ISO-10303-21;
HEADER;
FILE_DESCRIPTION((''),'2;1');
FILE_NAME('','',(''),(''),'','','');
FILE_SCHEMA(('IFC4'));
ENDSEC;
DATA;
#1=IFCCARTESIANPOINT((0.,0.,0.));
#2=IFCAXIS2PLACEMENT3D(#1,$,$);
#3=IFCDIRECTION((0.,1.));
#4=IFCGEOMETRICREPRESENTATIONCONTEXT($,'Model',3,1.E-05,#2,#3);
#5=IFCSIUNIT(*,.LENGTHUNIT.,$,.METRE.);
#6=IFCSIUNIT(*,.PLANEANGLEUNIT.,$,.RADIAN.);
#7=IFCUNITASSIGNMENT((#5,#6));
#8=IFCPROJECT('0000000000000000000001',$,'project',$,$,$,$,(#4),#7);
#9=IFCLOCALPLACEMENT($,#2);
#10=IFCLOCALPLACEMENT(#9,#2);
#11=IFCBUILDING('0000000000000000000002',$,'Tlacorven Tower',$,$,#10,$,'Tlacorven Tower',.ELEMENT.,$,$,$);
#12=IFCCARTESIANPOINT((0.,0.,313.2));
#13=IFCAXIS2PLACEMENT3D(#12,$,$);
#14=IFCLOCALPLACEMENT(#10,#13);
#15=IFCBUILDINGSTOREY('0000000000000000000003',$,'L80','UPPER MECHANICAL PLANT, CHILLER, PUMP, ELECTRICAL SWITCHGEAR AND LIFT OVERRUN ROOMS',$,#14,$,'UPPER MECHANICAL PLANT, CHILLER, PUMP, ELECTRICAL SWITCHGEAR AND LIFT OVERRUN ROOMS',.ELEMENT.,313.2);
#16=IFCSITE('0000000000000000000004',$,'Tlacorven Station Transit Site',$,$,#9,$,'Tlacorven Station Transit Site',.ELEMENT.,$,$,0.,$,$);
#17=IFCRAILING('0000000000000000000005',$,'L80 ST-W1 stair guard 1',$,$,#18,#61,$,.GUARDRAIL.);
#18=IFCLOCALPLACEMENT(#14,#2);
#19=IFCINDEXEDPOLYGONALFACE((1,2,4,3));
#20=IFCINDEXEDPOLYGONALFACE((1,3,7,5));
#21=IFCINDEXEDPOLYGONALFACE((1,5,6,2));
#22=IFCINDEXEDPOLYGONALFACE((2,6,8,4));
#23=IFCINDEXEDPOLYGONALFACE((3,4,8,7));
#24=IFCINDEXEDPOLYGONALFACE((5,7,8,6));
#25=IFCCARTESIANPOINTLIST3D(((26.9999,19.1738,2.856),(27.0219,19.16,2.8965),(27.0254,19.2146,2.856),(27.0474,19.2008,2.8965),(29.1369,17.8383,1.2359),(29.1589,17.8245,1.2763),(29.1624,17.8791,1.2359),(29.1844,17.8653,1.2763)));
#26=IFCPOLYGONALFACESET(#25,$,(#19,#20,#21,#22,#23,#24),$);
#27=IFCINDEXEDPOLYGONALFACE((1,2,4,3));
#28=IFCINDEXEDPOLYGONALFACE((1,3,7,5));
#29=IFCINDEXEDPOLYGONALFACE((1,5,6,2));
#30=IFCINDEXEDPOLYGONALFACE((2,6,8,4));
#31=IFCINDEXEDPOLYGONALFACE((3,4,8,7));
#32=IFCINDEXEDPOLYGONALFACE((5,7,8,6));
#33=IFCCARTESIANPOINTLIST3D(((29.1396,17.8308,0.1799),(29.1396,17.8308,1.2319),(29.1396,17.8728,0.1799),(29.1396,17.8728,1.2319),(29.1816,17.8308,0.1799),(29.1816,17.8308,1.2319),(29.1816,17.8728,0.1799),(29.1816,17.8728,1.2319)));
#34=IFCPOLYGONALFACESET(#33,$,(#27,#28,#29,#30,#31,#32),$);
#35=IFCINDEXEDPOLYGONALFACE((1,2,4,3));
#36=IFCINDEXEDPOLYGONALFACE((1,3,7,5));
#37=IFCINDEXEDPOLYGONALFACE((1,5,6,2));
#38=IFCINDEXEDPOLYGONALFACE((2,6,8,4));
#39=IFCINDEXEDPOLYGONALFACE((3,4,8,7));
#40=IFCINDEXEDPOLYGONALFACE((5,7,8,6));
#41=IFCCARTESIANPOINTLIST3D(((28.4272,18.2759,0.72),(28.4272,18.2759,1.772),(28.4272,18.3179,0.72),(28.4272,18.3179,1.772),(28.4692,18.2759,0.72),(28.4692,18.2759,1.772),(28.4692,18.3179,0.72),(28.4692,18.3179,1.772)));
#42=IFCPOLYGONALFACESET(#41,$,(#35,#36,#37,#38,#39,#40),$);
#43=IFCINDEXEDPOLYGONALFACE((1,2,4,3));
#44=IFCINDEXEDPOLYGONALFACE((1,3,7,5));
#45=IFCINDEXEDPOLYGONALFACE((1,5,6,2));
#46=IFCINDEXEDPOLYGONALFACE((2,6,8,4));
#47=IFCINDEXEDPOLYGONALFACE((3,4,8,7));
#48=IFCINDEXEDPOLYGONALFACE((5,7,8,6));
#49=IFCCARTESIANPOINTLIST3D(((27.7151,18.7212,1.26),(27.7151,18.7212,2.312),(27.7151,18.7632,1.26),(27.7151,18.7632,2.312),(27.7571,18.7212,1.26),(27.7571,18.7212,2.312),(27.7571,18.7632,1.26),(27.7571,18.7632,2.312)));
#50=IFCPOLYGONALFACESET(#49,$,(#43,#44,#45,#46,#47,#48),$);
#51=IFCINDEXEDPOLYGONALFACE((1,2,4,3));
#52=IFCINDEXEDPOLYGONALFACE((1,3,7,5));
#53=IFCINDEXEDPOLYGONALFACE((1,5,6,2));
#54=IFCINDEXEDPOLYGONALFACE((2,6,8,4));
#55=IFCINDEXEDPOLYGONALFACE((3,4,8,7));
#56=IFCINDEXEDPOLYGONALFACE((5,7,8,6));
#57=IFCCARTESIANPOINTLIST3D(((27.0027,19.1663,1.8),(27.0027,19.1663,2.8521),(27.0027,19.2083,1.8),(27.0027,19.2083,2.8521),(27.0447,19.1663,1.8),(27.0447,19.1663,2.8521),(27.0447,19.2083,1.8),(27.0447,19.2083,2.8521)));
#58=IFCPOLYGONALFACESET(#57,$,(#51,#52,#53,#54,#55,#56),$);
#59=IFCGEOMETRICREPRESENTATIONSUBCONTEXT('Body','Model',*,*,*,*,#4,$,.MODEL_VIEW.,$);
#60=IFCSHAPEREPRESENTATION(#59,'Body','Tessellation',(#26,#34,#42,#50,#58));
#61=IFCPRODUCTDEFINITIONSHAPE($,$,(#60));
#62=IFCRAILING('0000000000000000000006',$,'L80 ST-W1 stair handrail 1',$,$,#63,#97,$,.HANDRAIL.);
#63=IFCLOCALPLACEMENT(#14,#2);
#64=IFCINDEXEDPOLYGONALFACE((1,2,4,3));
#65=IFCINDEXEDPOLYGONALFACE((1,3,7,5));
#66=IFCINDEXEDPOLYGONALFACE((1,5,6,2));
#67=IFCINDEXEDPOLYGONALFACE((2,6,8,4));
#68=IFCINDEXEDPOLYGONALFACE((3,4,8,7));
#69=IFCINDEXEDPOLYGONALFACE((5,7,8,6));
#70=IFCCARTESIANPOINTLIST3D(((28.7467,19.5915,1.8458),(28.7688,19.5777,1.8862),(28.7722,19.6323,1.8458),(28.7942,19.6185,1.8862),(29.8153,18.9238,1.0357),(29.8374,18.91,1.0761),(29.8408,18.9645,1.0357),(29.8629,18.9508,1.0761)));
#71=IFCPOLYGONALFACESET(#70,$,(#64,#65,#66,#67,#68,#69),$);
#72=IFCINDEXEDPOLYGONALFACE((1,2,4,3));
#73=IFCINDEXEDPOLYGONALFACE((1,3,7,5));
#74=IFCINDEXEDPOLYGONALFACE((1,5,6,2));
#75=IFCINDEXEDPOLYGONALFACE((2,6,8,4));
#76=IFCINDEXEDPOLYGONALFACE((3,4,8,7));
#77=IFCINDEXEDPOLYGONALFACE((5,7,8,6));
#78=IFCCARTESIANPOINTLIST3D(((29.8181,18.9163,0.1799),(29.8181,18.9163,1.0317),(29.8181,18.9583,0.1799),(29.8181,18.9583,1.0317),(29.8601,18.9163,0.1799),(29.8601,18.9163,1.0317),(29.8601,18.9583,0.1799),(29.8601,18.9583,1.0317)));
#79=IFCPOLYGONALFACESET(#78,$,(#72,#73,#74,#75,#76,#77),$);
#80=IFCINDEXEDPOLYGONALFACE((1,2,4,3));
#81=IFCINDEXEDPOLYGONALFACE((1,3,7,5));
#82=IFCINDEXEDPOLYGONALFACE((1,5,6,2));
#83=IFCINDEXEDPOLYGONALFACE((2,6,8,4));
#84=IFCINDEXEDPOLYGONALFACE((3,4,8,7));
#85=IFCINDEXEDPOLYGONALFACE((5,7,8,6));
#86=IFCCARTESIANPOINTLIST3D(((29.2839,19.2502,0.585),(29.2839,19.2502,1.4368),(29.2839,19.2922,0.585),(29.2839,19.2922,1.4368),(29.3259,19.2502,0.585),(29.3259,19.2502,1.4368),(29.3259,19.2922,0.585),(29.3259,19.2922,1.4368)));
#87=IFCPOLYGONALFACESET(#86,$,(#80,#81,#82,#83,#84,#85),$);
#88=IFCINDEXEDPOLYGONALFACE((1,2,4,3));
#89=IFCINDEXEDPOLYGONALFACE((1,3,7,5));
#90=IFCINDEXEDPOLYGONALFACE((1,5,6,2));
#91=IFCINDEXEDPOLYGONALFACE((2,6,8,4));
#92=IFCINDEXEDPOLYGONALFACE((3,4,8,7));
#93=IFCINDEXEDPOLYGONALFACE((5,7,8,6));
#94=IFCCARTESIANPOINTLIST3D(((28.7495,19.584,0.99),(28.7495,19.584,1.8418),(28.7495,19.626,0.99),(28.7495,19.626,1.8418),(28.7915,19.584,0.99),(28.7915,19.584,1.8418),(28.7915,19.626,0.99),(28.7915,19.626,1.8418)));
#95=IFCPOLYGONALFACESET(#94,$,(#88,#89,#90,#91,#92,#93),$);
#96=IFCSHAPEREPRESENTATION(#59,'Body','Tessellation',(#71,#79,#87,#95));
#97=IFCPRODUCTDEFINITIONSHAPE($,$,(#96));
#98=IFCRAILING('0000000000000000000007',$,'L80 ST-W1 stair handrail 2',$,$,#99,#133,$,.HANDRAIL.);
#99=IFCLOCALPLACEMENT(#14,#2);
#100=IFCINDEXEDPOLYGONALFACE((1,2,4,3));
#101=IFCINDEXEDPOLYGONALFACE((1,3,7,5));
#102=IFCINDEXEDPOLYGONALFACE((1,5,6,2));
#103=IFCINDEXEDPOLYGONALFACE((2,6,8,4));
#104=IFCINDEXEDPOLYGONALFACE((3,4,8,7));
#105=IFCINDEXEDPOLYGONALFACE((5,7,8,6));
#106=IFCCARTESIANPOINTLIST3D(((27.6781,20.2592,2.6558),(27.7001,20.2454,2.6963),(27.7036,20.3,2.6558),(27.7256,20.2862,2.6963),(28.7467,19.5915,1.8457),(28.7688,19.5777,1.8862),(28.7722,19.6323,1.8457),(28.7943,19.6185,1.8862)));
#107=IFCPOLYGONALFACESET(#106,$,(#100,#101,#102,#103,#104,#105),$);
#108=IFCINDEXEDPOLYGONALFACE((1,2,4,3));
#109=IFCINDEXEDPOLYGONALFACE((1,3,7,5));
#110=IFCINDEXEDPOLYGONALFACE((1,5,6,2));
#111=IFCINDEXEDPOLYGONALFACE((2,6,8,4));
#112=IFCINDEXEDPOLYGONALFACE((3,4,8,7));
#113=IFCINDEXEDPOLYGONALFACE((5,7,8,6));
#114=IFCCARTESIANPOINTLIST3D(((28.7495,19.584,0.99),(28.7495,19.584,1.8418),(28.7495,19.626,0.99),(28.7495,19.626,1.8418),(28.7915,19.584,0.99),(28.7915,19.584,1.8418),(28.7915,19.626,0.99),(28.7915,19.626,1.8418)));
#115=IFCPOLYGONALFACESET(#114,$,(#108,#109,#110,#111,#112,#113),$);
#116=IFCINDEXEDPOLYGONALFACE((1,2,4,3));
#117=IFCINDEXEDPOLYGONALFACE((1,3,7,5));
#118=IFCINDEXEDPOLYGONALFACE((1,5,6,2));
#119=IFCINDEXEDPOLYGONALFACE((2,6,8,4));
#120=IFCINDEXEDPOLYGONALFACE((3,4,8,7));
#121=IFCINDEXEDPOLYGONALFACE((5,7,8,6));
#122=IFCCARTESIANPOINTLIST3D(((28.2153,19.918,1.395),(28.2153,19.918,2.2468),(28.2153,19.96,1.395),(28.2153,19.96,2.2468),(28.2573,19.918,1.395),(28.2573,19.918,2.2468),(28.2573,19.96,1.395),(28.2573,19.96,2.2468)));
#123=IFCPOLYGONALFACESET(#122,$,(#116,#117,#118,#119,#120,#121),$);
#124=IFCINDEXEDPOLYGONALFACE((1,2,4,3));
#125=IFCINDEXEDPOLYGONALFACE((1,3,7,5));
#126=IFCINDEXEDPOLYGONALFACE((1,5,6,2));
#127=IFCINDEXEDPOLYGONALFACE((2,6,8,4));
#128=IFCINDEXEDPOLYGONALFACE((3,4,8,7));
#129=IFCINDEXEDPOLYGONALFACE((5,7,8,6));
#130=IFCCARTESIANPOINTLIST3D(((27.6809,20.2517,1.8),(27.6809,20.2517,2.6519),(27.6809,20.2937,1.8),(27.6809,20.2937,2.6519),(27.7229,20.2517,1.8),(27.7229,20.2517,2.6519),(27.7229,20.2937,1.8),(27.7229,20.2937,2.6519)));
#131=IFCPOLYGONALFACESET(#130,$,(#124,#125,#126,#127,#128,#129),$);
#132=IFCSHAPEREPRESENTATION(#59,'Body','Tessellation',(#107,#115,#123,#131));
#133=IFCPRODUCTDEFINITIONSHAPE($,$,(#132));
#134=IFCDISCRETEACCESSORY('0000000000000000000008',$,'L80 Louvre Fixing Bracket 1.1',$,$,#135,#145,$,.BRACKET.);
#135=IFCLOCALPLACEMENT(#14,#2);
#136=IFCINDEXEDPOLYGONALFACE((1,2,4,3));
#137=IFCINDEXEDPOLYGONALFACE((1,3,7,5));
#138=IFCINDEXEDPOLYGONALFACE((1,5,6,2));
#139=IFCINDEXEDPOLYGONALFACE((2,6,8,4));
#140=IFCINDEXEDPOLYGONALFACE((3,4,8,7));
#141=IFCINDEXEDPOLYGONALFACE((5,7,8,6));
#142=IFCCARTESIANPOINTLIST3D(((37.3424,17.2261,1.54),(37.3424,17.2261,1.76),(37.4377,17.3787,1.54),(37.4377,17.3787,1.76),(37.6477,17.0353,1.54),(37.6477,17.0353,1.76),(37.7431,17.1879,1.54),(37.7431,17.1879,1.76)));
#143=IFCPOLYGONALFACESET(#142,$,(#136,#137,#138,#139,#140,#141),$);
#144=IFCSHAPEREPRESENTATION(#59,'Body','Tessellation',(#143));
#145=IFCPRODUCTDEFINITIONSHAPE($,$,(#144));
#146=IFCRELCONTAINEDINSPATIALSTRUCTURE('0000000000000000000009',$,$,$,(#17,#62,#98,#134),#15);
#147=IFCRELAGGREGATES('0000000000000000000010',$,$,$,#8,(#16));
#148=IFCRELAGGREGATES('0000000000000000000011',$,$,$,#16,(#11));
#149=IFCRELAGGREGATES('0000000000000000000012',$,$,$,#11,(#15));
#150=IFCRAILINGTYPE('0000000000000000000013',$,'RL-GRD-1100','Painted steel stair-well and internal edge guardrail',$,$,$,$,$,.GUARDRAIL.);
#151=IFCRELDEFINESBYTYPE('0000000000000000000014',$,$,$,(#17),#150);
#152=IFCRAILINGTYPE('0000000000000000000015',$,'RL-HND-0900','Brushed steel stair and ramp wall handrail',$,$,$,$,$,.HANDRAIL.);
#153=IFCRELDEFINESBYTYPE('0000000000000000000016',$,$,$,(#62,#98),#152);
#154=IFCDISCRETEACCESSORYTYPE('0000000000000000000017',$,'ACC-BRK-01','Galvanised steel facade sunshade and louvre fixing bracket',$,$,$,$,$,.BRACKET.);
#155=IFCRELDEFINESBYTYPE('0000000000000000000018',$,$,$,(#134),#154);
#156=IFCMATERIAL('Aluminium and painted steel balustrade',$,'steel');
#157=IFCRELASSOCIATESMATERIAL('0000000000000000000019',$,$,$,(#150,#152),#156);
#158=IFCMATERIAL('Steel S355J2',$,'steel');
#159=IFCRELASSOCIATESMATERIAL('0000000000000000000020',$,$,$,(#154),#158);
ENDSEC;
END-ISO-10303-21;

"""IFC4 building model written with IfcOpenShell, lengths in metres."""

from ifc_helpers import new_model, si_unit, direction, frame, origin, origin_2d, place, context, subcontext, project, spatial, rectangle, extrude, source, transform, mapped, material, type_object, element, save


model = new_model("IFC4")

# Units and contexts
model_context = context("Model", 3, precision=1e-05, world=origin(), true_north=direction((0.0, 1.0)))
body_context = subcontext(model_context, "Body", "Model", "MODEL_VIEW")
ifc_project = project(units=[si_unit("LENGTHUNIT", "METRE"), si_unit("PLANEANGLEUNIT", "RADIAN")], contexts=[model_context])

# Site, building, storey
site_placement = place(None, origin())
site = spatial("IfcSite", under=ifc_project, at=site_placement, Name="Tlacorven Station Transit Site", LongName="Tlacorven Station Transit Site", CompositionType="ELEMENT", RefElevation=0.0)
building_placement = place(site_placement, origin())
building = spatial("IfcBuilding", under=site, at=building_placement, Name="Tlacorven Tower", LongName="Tlacorven Tower", CompositionType="ELEMENT")
storey_placement = place(building_placement, frame((0.0, 0.0, 313.2)))
storey = spatial("IfcBuildingStorey", under=building, at=storey_placement, Name="L80", Description="UPPER MECHANICAL PLANT, CHILLER, PUMP, ELECTRICAL SWITCHGEAR AND LIFT OVERRUN ROOMS", LongName="UPPER MECHANICAL PLANT, CHILLER, PUMP, ELECTRICAL SWITCHGEAR AND LIFT OVERRUN ROOMS", CompositionType="ELEMENT", Elevation=313.2)

# Shared definitions
ifc_material_1 = material(Name="Steel S355J2", Category="steel")

# Railings
ifc_material_2 = material(Name="Aluminium and painted steel balustrade", Category="steel")
railing_type_1 = type_object("IfcRailingType", Name="RL-GRD-1100", Description="Painted steel stair-well and internal edge guardrail", PredefinedType="GUARDRAIL", material=ifc_material_2)
shared_shape_1 = source(origin(), body_context, "Body", "SweptSolid", [
    extrude(rectangle(XDim=0.0481, YDim=0.0481, at=origin_2d()), frame((0.0, 0.0, 1.0762), z_axis=(-0.71332, 0.445774, 0.540796), x_axis=(-0.529955, -0.848026, 0.0)), (0.0, 0.0, 1.0), 2.9958),
    extrude(rectangle(XDim=0.042, YDim=0.042, at=origin_2d()), origin(), (0.0, 0.0, 1.0), 1.052),
    extrude(rectangle(XDim=0.042, YDim=0.042, at=origin_2d()), frame((-0.7124, 0.4451, 0.54)), (0.0, 0.0, 1.0), 1.052),
    extrude(rectangle(XDim=0.042, YDim=0.042, at=origin_2d()), frame((-1.4246, 0.8904, 1.0801)), (0.0, 0.0, 1.0), 1.052),
    extrude(rectangle(XDim=0.042, YDim=0.042, at=origin_2d()), frame((-2.137, 1.3354, 1.6201)), (0.0, 0.0, 1.0), 1.052),
])
railing_1_placement = place(storey_placement, frame((29.1606, 17.8518, 0.1799)))
element("IfcRailing", 1, at=railing_1_placement, inside=storey, type_object=railing_type_1, Name="L80 ST-W1 stair guard 1", PredefinedType="GUARDRAIL", context=body_context, shape_type="MappedRepresentation", body=[
    mapped(shared_shape_1, transform((0.0, 0.0, 0.0), scale=1.0)),
])
railing_type_2 = type_object("IfcRailingType", Name="RL-HND-0900", Description="Brushed steel stair and ramp wall handrail", PredefinedType="HANDRAIL", material=ifc_material_2)
shared_shape_2 = source(origin(), body_context, "Body", "SweptSolid", [
    extrude(rectangle(XDim=0.0481, YDim=0.0481, at=origin_2d()), frame((0.0, 0.0, 0.876), z_axis=(-0.71336, 0.445748, 0.540765), x_axis=(-0.529912, -0.848053, 0.0)), (0.0, 0.0, 1.0), 1.498),
    extrude(rectangle(XDim=0.042, YDim=0.042, at=origin_2d()), origin(), (0.0, 0.0, 1.0), 0.8518),
    extrude(rectangle(XDim=0.042, YDim=0.042, at=origin_2d()), frame((-0.5342, 0.334, 0.405)), (0.0, 0.0, 1.0), 0.8518),
    extrude(rectangle(XDim=0.042, YDim=0.042, at=origin_2d()), frame((-1.0686, 0.6677, 0.8101)), (0.0, 0.0, 1.0), 0.8518),
])
for number, where, name in (
    (2, (29.8391, 18.9373, 0.1799), "L80 ST-W1 stair handrail 1"),
    (3, (28.7705, 19.605, 0.99), "L80 ST-W1 stair handrail 2"),
):
    element("IfcRailing", number, at=place(storey_placement, frame(where)), inside=storey, type_object=railing_type_2, Name=name, PredefinedType="HANDRAIL", context=body_context, shape_type="MappedRepresentation", body=[
        mapped(shared_shape_2, transform((0.0, 0.0, 0.0), scale=1.0)),
    ])

# Discrete accessory
discrete_accessory_type = type_object("IfcDiscreteAccessoryType", Name="ACC-BRK-01", Description="Galvanised steel facade sunshade and louvre fixing bracket", PredefinedType="BRACKET", material=ifc_material_1)
shared_shape_3 = source(origin(), body_context, "Body", "SweptSolid", [
    extrude(rectangle(XDim=0.1799, YDim=0.3601, at=origin_2d()), origin(), (0.0, 0.0, 1.0), 0.22),
])
discrete_accessory_placement = place(storey_placement, frame((37.5427, 17.207, 1.54), z_axis=(0.0, 0.0, 1.0), x_axis=(-0.529919, -0.848048, 0.0)))
element("IfcDiscreteAccessory", 4, at=discrete_accessory_placement, inside=storey, type_object=discrete_accessory_type, Name="L80 Louvre Fixing Bracket 1.1", PredefinedType="BRACKET", context=body_context, shape_type="MappedRepresentation", body=[
    mapped(shared_shape_3, transform((0.0, 0.0, 0.0), scale=1.0)),
])

save(model, "model.ifc")
